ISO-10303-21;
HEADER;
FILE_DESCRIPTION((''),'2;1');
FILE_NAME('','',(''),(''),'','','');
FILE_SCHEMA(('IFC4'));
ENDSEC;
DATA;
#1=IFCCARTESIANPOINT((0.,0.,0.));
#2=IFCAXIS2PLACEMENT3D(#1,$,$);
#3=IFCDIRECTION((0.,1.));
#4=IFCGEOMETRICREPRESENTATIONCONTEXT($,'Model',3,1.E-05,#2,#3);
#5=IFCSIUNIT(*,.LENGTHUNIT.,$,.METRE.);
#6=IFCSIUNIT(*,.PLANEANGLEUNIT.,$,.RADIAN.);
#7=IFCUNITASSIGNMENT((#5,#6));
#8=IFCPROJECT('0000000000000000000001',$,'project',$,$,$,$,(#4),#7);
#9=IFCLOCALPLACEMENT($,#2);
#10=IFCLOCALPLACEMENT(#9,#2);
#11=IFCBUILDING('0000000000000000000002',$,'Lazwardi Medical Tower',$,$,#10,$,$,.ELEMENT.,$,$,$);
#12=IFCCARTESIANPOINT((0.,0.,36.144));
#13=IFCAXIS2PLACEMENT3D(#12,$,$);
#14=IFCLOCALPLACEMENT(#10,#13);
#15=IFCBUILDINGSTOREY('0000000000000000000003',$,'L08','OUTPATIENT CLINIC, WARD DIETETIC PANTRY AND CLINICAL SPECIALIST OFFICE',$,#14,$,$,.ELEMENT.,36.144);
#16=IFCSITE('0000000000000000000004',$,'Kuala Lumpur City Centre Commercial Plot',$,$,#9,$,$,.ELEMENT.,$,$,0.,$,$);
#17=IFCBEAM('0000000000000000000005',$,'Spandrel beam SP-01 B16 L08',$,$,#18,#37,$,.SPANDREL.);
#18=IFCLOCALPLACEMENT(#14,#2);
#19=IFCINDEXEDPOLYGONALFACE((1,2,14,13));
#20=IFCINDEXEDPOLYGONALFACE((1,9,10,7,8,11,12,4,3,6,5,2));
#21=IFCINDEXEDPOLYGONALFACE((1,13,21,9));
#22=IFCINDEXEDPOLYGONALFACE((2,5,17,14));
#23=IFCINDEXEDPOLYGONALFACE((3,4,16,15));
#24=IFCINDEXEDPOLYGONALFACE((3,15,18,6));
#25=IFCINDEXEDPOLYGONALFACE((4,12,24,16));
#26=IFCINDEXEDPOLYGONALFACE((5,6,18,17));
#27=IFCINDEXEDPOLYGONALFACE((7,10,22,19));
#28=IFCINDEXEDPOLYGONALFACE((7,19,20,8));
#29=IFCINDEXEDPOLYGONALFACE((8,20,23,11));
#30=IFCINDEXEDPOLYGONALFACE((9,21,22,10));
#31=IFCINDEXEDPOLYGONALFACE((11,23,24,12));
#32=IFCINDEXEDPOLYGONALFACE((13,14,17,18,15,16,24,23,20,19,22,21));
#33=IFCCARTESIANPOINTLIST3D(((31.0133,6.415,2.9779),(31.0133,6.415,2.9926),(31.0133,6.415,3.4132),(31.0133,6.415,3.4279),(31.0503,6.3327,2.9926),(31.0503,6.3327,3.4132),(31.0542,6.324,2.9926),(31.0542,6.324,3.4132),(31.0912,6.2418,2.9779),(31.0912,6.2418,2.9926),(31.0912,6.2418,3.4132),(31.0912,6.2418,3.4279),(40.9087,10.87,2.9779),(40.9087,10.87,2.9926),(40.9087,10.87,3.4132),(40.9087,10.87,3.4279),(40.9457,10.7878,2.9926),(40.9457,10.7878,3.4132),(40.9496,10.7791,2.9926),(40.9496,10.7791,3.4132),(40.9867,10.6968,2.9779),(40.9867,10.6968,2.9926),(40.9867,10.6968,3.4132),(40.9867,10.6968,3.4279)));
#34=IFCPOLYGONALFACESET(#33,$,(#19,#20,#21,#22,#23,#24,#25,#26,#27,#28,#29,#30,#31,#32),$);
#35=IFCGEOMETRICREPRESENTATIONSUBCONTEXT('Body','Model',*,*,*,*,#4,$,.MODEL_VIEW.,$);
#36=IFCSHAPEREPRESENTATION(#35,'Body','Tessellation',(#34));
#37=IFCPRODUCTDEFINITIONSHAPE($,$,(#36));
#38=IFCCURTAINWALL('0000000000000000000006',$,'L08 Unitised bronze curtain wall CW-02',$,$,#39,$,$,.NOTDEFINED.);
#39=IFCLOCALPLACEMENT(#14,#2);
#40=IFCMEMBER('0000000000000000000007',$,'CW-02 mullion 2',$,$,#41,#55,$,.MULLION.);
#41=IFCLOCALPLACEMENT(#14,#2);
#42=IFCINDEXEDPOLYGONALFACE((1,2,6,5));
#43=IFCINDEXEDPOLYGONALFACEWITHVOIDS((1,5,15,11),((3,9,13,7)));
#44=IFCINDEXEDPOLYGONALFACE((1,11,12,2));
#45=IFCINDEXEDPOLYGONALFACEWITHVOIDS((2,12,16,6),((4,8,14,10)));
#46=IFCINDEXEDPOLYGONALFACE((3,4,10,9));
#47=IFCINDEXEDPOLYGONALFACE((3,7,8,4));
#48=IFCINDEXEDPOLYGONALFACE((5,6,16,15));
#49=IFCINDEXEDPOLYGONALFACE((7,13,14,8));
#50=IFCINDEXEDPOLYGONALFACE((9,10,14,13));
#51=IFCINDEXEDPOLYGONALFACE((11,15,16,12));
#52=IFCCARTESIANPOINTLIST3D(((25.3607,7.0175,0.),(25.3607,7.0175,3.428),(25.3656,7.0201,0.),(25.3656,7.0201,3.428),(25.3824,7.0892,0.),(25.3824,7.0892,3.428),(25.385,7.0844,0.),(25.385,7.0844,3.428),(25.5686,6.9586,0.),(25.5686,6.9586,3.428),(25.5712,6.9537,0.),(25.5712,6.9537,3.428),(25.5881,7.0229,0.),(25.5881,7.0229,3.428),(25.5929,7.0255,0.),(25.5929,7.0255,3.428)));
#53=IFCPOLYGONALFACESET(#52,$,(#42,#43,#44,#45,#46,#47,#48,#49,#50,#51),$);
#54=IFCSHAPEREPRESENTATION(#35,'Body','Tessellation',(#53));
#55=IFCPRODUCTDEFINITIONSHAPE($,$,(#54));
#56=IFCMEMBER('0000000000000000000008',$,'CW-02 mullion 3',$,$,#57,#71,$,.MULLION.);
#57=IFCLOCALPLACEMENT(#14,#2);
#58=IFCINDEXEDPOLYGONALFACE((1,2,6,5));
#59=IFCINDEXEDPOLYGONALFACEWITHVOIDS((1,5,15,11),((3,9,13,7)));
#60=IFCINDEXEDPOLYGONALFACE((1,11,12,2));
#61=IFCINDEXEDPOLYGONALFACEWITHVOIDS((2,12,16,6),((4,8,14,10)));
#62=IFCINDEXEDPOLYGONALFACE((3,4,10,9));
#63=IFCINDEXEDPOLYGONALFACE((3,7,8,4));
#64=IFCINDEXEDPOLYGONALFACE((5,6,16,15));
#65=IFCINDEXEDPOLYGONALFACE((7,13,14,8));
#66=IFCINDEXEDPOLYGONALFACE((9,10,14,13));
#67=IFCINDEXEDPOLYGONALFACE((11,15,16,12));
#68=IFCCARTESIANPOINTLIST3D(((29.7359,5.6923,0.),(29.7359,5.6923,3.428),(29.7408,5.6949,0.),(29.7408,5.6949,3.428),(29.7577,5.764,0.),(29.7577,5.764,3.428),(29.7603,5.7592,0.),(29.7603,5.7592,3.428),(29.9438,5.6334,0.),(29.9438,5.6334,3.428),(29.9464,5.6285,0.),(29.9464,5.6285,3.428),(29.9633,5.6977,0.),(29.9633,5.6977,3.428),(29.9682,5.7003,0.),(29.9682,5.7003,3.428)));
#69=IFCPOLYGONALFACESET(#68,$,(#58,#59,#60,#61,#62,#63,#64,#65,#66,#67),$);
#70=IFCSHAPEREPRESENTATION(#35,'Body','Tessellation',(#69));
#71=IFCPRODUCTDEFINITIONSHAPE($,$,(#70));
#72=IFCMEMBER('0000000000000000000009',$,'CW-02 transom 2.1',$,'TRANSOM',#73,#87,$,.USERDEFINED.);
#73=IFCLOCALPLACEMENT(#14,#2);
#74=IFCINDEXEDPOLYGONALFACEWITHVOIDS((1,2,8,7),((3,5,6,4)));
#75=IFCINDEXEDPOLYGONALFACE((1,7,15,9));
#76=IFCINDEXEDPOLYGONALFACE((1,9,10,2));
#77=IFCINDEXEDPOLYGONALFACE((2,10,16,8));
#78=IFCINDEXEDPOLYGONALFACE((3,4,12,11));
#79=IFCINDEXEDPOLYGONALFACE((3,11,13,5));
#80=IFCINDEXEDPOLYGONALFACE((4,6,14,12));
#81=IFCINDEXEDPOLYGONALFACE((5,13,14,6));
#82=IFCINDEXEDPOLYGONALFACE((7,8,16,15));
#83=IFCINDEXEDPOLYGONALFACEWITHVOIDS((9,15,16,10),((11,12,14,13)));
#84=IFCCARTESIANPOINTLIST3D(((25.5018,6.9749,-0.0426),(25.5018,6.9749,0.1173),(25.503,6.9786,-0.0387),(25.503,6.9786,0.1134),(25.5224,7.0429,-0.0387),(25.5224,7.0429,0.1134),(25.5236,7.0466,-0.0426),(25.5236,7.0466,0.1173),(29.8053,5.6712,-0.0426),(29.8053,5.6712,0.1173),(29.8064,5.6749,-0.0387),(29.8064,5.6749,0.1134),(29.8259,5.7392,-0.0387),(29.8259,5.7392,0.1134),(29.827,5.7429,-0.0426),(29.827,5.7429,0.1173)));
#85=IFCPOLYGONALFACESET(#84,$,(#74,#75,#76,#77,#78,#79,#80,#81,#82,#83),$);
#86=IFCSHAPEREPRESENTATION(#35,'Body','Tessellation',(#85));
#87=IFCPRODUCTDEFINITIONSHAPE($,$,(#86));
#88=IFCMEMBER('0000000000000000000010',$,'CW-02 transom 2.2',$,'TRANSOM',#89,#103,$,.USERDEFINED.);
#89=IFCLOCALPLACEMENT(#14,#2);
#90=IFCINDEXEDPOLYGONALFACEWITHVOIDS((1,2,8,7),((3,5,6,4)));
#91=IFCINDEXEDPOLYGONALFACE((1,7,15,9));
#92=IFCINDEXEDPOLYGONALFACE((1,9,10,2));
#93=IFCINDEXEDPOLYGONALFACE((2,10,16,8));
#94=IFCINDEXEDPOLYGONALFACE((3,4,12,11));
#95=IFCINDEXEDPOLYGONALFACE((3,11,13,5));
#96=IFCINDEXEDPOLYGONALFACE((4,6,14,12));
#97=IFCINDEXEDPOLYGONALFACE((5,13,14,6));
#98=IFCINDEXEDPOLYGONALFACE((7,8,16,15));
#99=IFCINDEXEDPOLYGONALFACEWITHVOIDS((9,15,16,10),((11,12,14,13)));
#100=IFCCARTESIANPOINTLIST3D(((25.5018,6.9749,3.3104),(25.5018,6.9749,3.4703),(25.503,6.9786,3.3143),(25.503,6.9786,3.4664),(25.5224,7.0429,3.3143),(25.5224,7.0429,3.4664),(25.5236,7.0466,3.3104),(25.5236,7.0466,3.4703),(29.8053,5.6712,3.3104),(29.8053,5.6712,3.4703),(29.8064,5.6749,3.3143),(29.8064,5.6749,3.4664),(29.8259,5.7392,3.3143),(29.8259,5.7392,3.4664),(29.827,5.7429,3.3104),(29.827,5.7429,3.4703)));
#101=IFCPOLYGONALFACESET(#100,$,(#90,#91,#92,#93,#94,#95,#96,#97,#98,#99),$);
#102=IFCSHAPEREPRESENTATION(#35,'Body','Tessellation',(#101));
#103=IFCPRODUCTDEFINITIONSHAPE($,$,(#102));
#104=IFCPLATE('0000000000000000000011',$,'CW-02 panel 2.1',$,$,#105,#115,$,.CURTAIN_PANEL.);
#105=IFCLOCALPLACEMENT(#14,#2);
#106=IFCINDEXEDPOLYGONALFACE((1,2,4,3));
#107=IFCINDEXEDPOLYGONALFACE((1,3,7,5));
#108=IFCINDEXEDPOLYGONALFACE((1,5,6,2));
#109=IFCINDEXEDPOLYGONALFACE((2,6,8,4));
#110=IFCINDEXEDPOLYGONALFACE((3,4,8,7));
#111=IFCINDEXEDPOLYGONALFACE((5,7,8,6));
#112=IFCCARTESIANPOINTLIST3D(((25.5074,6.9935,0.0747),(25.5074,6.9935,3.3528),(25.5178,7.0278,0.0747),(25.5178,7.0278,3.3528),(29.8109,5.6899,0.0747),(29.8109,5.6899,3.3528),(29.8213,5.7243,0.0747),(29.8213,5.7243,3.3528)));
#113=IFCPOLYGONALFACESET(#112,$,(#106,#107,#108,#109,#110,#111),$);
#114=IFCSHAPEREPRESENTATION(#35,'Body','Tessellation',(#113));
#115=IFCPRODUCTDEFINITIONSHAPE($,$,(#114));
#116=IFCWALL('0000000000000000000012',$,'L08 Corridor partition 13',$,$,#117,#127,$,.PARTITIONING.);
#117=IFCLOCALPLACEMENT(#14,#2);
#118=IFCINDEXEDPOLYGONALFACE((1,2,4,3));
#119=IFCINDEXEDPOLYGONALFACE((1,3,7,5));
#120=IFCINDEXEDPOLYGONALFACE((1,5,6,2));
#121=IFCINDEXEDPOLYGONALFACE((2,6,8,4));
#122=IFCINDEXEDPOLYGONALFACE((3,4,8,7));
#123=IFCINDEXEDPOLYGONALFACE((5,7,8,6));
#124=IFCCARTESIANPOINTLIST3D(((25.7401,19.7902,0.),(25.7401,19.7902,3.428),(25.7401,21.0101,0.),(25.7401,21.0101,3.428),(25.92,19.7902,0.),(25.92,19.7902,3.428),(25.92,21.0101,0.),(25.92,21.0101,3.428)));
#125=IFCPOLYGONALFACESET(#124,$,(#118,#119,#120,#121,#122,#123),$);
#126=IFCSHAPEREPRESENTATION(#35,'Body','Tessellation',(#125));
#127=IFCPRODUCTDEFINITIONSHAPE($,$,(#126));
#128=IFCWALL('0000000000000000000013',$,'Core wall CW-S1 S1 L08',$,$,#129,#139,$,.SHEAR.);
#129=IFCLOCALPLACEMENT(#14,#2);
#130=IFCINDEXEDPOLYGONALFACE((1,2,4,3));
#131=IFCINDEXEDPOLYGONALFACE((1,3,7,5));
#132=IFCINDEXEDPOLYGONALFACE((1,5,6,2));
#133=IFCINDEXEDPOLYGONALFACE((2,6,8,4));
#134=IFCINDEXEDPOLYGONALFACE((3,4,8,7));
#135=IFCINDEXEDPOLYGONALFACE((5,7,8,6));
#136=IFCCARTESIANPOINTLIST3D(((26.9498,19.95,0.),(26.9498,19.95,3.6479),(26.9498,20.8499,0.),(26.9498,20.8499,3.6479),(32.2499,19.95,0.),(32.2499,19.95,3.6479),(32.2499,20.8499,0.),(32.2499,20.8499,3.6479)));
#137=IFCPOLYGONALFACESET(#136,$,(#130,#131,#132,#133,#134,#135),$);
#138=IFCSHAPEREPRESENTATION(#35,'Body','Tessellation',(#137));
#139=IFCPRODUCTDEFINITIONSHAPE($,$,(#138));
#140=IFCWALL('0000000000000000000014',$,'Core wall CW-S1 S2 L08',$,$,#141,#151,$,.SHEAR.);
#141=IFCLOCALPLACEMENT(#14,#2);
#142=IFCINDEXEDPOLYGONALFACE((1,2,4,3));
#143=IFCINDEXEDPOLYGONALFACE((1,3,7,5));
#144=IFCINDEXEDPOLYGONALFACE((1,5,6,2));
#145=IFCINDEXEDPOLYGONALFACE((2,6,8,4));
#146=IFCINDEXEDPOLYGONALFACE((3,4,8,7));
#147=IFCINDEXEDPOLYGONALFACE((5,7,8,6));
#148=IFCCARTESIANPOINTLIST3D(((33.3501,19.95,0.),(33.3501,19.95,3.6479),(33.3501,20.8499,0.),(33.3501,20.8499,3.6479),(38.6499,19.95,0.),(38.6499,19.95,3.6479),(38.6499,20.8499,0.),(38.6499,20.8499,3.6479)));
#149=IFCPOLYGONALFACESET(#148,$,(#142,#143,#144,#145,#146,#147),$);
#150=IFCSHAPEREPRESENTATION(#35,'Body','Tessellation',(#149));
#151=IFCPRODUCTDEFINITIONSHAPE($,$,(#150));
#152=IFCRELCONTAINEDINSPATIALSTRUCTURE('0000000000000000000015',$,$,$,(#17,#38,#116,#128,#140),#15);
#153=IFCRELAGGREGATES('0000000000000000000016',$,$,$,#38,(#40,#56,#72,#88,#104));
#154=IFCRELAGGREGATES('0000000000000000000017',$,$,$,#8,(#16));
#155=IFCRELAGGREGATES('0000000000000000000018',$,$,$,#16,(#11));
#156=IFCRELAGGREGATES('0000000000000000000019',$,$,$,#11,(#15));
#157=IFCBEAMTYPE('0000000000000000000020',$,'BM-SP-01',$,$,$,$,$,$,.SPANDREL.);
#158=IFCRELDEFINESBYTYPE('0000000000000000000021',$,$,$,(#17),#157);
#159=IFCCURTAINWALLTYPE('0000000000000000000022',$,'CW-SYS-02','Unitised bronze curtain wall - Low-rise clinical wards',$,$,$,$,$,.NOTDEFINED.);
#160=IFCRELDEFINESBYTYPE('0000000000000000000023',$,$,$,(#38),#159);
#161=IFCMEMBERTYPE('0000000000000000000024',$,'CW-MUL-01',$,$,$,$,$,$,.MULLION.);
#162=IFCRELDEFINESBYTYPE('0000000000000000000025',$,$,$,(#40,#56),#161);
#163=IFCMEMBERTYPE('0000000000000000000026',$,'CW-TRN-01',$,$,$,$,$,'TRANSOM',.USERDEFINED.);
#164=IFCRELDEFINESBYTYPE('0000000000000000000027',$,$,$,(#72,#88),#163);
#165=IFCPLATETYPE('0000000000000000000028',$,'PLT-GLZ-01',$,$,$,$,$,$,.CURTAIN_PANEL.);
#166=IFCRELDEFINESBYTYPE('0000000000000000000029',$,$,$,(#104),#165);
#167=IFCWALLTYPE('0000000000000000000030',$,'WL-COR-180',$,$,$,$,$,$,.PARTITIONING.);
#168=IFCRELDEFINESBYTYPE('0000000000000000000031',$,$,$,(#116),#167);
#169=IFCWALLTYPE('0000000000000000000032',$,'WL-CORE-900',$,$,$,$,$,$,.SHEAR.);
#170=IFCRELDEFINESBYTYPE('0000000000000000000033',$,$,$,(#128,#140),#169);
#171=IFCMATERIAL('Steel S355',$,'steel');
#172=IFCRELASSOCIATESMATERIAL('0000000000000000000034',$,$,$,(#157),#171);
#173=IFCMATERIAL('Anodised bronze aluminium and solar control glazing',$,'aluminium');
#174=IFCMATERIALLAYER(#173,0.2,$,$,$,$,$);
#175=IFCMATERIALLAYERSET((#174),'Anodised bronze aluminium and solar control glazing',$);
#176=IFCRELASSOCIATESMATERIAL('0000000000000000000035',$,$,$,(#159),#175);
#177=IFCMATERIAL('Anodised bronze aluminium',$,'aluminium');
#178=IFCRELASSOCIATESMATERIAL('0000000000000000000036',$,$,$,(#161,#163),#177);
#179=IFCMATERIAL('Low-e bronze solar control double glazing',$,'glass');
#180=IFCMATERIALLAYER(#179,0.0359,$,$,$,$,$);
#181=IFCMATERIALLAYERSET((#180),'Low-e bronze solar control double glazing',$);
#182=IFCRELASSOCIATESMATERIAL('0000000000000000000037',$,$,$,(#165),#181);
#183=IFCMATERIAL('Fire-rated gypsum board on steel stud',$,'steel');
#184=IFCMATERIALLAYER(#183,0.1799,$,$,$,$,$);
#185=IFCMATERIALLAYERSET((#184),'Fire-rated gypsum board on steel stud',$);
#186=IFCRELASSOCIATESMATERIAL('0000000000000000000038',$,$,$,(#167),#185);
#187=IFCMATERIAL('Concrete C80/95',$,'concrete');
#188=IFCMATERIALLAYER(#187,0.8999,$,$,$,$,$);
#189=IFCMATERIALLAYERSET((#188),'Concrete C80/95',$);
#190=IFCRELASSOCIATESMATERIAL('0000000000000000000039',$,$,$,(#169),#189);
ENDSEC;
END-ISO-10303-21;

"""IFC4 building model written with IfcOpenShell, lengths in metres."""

from ifc_helpers import new_model, si_unit, direction, frame, frame_2d, origin, origin_2d, place, context, subcontext, project, spatial, rectangle, hollow_rectangle, i_section, extrude, material, layer, layer_set, material_profile, profile_set, type_object, element, aggregate, save


model = new_model("IFC4")

# Units and contexts
model_context = context("Model", 3, precision=1e-05, world=origin(), true_north=direction((0.0, 1.0)))
body_context = subcontext(model_context, "Body", "Model", "MODEL_VIEW")
ifc_project = project(units=[si_unit("LENGTHUNIT", "METRE"), si_unit("PLANEANGLEUNIT", "RADIAN")], contexts=[model_context])

# Site, building, storey
site_placement = place(None, origin())
site = spatial("IfcSite", under=ifc_project, at=site_placement, Name="Kuala Lumpur City Centre Commercial Plot", CompositionType="ELEMENT", RefElevation=0.0)
building_placement = place(site_placement, origin())
building = spatial("IfcBuilding", under=site, at=building_placement, Name="Lazwardi Medical Tower", CompositionType="ELEMENT")
storey_placement = place(building_placement, frame((0.0, 0.0, 36.144)))
storey = spatial("IfcBuildingStorey", under=building, at=storey_placement, Name="L08", Description="OUTPATIENT CLINIC, WARD DIETETIC PANTRY AND CLINICAL SPECIALIST OFFICE", CompositionType="ELEMENT", Elevation=36.144)

# Shared definitions
ifc_material_1 = material(Name="Concrete C80/95", Category="concrete")

# Beam
ifc_material_2 = material(Name="Steel S355", Category="steel")
ifc_material_profile_1 = material_profile(ifc_material_2, i_section(OverallWidth=0.1899, OverallDepth=0.45, WebThickness=0.0095, FlangeThickness=0.0146, at=origin_2d()), Name="IPE 450")
ifc_profile_set_1 = profile_set([ifc_material_profile_1], Name="Steel S355")
beam_type_1 = type_object("IfcBeamType", Name="BM-SP-01", PredefinedType="SPANDREL", material=ifc_profile_set_1)
beam_1_placement = place(storey_placement, frame((31.0522, 6.3284, 3.2029), z_axis=(0.911849, 0.410526, 0.0), x_axis=(-0.410526, 0.911849, 0.0)))
element("IfcBeam", 1, at=beam_1_placement, inside=storey, type_object=beam_type_1, Name="Spandrel beam SP-01 B16 L08", PredefinedType="SPANDREL", context=body_context, shape_type="SweptSolid", body=[
    extrude(i_section(OverallWidth=0.1899, OverallDepth=0.45, WebThickness=0.0095, FlangeThickness=0.0146, at=origin_2d()), origin(), (0.0, 0.0, 1.0), 10.8521),
])

# Curtain wall, members, plate
ifc_material_3 = material(Name="Anodised bronze aluminium and solar control glazing", Category="aluminium")
ifc_layer_1 = layer(ifc_material_3, 0.2)
ifc_layer_set_1 = layer_set([ifc_layer_1], Name="Anodised bronze aluminium and solar control glazing")
curtain_wall_type = type_object("IfcCurtainWallType", Name="CW-SYS-02", Description="Unitised bronze curtain wall - Low-rise clinical wards", PredefinedType="NOTDEFINED", material=ifc_layer_set_1)
curtain_wall_placement = place(storey_placement, origin())
curtain_wall = element("IfcCurtainWall", 2, at=curtain_wall_placement, inside=storey, type_object=curtain_wall_type, Name="L08 Unitised bronze curtain wall CW-02", PredefinedType="NOTDEFINED")
ifc_material_4 = material(Name="Anodised bronze aluminium", Category="aluminium")
ifc_material_profile_2 = material_profile(ifc_material_4, hollow_rectangle(XDim=0.075, YDim=0.22, WallThickness=0.0039, at=origin_2d()), Name="ALU-MULLION 220x75x4")
ifc_profile_set_2 = profile_set([ifc_material_profile_2], Name="Anodised bronze aluminium")
member_type_1 = type_object("IfcMemberType", Name="CW-MUL-01", PredefinedType="MULLION", material=ifc_profile_set_2)
member_1_placement = place(storey_placement, frame((25.4768, 7.0215, 0.0), z_axis=(0.0, 0.0, 1.0), x_axis=(0.289896, 0.957058, 0.0)))
member_1 = element("IfcMember", 3, at=member_1_placement, type_object=member_type_1, Name="CW-02 mullion 2", PredefinedType="MULLION", context=body_context, shape_type="SweptSolid", body=[
    extrude(hollow_rectangle(XDim=0.075, YDim=0.22, WallThickness=0.0039, at=origin_2d()), origin(), (0.0, 0.0, 1.0), 3.428),
])
member_2_placement = place(storey_placement, frame((29.8521, 5.6963, 0.0), z_axis=(0.0, 0.0, 1.0), x_axis=(0.289896, 0.957058, 0.0)))
member_2 = element("IfcMember", 4, at=member_2_placement, type_object=member_type_1, Name="CW-02 mullion 3", PredefinedType="MULLION", context=body_context, shape_type="SweptSolid", body=[
    extrude(hollow_rectangle(XDim=0.075, YDim=0.22, WallThickness=0.0039, at=origin_2d()), origin(), (0.0, 0.0, 1.0), 3.428),
])
ifc_material_profile_3 = material_profile(ifc_material_4, hollow_rectangle(XDim=0.075, YDim=0.1599, WallThickness=0.0039, at=origin_2d()), Name="ALU-TRANSOM 160x75x4")
ifc_profile_set_3 = profile_set([ifc_material_profile_3], Name="Anodised bronze aluminium")
member_type_2 = type_object("IfcMemberType", Name="CW-TRN-01", ElementType="TRANSOM", PredefinedType="USERDEFINED", material=ifc_profile_set_3)
member_3_placement = place(storey_placement, frame((25.5127, 7.0107, 0.0374), z_axis=(0.957047, -0.289932, 0.0), x_axis=(0.289932, 0.957047, 0.0)))
member_3 = element("IfcMember", 5, at=member_3_placement, type_object=member_type_2, Name="CW-02 transom 2.1", ObjectType="TRANSOM", PredefinedType="USERDEFINED", context=body_context, shape_type="SweptSolid", body=[
    extrude(hollow_rectangle(XDim=0.075, YDim=0.1599, WallThickness=0.0039, at=origin_2d()), origin(), (0.0, 0.0, 1.0), 4.4966),
])
member_4_placement = place(storey_placement, frame((25.5127, 7.0107, 3.3904), z_axis=(0.957047, -0.289932, 0.0), x_axis=(0.289932, 0.957047, 0.0)))
member_4 = element("IfcMember", 6, at=member_4_placement, type_object=member_type_2, Name="CW-02 transom 2.2", ObjectType="TRANSOM", PredefinedType="USERDEFINED", context=body_context, shape_type="SweptSolid", body=[
    extrude(hollow_rectangle(XDim=0.075, YDim=0.1599, WallThickness=0.0039, at=origin_2d()), origin(), (0.0, 0.0, 1.0), 4.4966),
])
ifc_material_5 = material(Name="Low-e bronze solar control double glazing", Category="glass")
ifc_layer_2 = layer(ifc_material_5, 0.0359)
ifc_layer_set_2 = layer_set([ifc_layer_2], Name="Low-e bronze solar control double glazing")
plate_type = type_object("IfcPlateType", Name="PLT-GLZ-01", PredefinedType="CURTAIN_PANEL", material=ifc_layer_set_2)
plate_placement = place(storey_placement, frame((27.6643, 6.3589, 0.0747), z_axis=(0.0, 0.0, 1.0), x_axis=(0.957058, -0.289896, 0.0)))
plate = element("IfcPlate", 7, at=plate_placement, type_object=plate_type, Name="CW-02 panel 2.1", PredefinedType="CURTAIN_PANEL", context=body_context, shape_type="SweptSolid", body=[
    extrude(rectangle(XDim=4.4966, YDim=0.0359, at=origin_2d()), origin(), (0.0, 0.0, 1.0), 3.2781),
])
aggregate(curtain_wall, [member_1, member_2, member_3, member_4, plate])

# Wall
ifc_material_6 = material(Name="Fire-rated gypsum board on steel stud", Category="steel")
ifc_layer_3 = layer(ifc_material_6, 0.1799)
ifc_layer_set_3 = layer_set([ifc_layer_3], Name="Fire-rated gypsum board on steel stud")
wall_type_1 = type_object("IfcWallType", Name="WL-COR-180", PredefinedType="PARTITIONING", material=ifc_layer_set_3)
wall_1_placement = place(storey_placement, frame((25.8301, 21.01, 0.0), z_axis=(0.0, 0.0, 1.0), x_axis=(0.0, -1.0, 0.0)))
element("IfcWall", 8, at=wall_1_placement, inside=storey, type_object=wall_type_1, Name="L08 Corridor partition 13", PredefinedType="PARTITIONING", context=body_context, shape_type="SweptSolid", body=[
    extrude(rectangle(XDim=1.22, YDim=0.1799, at=frame_2d((0.6099, 0.0))), origin(), (0.0, 0.0, 1.0), 3.428),
])

# Shared definitions
ifc_layer_4 = layer(ifc_material_1, 0.8999)
ifc_layer_set_4 = layer_set([ifc_layer_4], Name="Concrete C80/95")
wall_type_2 = type_object("IfcWallType", Name="WL-CORE-900", PredefinedType="SHEAR", material=ifc_layer_set_4)

# Walls
wall_2_placement = place(storey_placement, frame((26.95, 20.3999, 0.0), z_axis=(0.0, 0.0, 1.0), x_axis=(1.0, 0.0, 0.0)))
element("IfcWall", 9, at=wall_2_placement, inside=storey, type_object=wall_type_2, Name="Core wall CW-S1 S1 L08", PredefinedType="SHEAR", context=body_context, shape_type="SweptSolid", body=[
    extrude(rectangle(XDim=5.3, YDim=0.8999, at=frame_2d((2.6499, 0.0))), origin(), (0.0, 0.0, 1.0), 3.6479),
])
wall_3_placement = place(storey_placement, frame((33.3501, 20.3999, 0.0), z_axis=(0.0, 0.0, 1.0), x_axis=(1.0, 0.0, 0.0)))
element("IfcWall", 10, at=wall_3_placement, inside=storey, type_object=wall_type_2, Name="Core wall CW-S1 S2 L08", PredefinedType="SHEAR", context=body_context, shape_type="SweptSolid", body=[
    extrude(rectangle(XDim=5.2998, YDim=0.8999, at=frame_2d((2.6499, 0.0))), origin(), (0.0, 0.0, 1.0), 3.6479),
])

save(model, "model.ifc")
